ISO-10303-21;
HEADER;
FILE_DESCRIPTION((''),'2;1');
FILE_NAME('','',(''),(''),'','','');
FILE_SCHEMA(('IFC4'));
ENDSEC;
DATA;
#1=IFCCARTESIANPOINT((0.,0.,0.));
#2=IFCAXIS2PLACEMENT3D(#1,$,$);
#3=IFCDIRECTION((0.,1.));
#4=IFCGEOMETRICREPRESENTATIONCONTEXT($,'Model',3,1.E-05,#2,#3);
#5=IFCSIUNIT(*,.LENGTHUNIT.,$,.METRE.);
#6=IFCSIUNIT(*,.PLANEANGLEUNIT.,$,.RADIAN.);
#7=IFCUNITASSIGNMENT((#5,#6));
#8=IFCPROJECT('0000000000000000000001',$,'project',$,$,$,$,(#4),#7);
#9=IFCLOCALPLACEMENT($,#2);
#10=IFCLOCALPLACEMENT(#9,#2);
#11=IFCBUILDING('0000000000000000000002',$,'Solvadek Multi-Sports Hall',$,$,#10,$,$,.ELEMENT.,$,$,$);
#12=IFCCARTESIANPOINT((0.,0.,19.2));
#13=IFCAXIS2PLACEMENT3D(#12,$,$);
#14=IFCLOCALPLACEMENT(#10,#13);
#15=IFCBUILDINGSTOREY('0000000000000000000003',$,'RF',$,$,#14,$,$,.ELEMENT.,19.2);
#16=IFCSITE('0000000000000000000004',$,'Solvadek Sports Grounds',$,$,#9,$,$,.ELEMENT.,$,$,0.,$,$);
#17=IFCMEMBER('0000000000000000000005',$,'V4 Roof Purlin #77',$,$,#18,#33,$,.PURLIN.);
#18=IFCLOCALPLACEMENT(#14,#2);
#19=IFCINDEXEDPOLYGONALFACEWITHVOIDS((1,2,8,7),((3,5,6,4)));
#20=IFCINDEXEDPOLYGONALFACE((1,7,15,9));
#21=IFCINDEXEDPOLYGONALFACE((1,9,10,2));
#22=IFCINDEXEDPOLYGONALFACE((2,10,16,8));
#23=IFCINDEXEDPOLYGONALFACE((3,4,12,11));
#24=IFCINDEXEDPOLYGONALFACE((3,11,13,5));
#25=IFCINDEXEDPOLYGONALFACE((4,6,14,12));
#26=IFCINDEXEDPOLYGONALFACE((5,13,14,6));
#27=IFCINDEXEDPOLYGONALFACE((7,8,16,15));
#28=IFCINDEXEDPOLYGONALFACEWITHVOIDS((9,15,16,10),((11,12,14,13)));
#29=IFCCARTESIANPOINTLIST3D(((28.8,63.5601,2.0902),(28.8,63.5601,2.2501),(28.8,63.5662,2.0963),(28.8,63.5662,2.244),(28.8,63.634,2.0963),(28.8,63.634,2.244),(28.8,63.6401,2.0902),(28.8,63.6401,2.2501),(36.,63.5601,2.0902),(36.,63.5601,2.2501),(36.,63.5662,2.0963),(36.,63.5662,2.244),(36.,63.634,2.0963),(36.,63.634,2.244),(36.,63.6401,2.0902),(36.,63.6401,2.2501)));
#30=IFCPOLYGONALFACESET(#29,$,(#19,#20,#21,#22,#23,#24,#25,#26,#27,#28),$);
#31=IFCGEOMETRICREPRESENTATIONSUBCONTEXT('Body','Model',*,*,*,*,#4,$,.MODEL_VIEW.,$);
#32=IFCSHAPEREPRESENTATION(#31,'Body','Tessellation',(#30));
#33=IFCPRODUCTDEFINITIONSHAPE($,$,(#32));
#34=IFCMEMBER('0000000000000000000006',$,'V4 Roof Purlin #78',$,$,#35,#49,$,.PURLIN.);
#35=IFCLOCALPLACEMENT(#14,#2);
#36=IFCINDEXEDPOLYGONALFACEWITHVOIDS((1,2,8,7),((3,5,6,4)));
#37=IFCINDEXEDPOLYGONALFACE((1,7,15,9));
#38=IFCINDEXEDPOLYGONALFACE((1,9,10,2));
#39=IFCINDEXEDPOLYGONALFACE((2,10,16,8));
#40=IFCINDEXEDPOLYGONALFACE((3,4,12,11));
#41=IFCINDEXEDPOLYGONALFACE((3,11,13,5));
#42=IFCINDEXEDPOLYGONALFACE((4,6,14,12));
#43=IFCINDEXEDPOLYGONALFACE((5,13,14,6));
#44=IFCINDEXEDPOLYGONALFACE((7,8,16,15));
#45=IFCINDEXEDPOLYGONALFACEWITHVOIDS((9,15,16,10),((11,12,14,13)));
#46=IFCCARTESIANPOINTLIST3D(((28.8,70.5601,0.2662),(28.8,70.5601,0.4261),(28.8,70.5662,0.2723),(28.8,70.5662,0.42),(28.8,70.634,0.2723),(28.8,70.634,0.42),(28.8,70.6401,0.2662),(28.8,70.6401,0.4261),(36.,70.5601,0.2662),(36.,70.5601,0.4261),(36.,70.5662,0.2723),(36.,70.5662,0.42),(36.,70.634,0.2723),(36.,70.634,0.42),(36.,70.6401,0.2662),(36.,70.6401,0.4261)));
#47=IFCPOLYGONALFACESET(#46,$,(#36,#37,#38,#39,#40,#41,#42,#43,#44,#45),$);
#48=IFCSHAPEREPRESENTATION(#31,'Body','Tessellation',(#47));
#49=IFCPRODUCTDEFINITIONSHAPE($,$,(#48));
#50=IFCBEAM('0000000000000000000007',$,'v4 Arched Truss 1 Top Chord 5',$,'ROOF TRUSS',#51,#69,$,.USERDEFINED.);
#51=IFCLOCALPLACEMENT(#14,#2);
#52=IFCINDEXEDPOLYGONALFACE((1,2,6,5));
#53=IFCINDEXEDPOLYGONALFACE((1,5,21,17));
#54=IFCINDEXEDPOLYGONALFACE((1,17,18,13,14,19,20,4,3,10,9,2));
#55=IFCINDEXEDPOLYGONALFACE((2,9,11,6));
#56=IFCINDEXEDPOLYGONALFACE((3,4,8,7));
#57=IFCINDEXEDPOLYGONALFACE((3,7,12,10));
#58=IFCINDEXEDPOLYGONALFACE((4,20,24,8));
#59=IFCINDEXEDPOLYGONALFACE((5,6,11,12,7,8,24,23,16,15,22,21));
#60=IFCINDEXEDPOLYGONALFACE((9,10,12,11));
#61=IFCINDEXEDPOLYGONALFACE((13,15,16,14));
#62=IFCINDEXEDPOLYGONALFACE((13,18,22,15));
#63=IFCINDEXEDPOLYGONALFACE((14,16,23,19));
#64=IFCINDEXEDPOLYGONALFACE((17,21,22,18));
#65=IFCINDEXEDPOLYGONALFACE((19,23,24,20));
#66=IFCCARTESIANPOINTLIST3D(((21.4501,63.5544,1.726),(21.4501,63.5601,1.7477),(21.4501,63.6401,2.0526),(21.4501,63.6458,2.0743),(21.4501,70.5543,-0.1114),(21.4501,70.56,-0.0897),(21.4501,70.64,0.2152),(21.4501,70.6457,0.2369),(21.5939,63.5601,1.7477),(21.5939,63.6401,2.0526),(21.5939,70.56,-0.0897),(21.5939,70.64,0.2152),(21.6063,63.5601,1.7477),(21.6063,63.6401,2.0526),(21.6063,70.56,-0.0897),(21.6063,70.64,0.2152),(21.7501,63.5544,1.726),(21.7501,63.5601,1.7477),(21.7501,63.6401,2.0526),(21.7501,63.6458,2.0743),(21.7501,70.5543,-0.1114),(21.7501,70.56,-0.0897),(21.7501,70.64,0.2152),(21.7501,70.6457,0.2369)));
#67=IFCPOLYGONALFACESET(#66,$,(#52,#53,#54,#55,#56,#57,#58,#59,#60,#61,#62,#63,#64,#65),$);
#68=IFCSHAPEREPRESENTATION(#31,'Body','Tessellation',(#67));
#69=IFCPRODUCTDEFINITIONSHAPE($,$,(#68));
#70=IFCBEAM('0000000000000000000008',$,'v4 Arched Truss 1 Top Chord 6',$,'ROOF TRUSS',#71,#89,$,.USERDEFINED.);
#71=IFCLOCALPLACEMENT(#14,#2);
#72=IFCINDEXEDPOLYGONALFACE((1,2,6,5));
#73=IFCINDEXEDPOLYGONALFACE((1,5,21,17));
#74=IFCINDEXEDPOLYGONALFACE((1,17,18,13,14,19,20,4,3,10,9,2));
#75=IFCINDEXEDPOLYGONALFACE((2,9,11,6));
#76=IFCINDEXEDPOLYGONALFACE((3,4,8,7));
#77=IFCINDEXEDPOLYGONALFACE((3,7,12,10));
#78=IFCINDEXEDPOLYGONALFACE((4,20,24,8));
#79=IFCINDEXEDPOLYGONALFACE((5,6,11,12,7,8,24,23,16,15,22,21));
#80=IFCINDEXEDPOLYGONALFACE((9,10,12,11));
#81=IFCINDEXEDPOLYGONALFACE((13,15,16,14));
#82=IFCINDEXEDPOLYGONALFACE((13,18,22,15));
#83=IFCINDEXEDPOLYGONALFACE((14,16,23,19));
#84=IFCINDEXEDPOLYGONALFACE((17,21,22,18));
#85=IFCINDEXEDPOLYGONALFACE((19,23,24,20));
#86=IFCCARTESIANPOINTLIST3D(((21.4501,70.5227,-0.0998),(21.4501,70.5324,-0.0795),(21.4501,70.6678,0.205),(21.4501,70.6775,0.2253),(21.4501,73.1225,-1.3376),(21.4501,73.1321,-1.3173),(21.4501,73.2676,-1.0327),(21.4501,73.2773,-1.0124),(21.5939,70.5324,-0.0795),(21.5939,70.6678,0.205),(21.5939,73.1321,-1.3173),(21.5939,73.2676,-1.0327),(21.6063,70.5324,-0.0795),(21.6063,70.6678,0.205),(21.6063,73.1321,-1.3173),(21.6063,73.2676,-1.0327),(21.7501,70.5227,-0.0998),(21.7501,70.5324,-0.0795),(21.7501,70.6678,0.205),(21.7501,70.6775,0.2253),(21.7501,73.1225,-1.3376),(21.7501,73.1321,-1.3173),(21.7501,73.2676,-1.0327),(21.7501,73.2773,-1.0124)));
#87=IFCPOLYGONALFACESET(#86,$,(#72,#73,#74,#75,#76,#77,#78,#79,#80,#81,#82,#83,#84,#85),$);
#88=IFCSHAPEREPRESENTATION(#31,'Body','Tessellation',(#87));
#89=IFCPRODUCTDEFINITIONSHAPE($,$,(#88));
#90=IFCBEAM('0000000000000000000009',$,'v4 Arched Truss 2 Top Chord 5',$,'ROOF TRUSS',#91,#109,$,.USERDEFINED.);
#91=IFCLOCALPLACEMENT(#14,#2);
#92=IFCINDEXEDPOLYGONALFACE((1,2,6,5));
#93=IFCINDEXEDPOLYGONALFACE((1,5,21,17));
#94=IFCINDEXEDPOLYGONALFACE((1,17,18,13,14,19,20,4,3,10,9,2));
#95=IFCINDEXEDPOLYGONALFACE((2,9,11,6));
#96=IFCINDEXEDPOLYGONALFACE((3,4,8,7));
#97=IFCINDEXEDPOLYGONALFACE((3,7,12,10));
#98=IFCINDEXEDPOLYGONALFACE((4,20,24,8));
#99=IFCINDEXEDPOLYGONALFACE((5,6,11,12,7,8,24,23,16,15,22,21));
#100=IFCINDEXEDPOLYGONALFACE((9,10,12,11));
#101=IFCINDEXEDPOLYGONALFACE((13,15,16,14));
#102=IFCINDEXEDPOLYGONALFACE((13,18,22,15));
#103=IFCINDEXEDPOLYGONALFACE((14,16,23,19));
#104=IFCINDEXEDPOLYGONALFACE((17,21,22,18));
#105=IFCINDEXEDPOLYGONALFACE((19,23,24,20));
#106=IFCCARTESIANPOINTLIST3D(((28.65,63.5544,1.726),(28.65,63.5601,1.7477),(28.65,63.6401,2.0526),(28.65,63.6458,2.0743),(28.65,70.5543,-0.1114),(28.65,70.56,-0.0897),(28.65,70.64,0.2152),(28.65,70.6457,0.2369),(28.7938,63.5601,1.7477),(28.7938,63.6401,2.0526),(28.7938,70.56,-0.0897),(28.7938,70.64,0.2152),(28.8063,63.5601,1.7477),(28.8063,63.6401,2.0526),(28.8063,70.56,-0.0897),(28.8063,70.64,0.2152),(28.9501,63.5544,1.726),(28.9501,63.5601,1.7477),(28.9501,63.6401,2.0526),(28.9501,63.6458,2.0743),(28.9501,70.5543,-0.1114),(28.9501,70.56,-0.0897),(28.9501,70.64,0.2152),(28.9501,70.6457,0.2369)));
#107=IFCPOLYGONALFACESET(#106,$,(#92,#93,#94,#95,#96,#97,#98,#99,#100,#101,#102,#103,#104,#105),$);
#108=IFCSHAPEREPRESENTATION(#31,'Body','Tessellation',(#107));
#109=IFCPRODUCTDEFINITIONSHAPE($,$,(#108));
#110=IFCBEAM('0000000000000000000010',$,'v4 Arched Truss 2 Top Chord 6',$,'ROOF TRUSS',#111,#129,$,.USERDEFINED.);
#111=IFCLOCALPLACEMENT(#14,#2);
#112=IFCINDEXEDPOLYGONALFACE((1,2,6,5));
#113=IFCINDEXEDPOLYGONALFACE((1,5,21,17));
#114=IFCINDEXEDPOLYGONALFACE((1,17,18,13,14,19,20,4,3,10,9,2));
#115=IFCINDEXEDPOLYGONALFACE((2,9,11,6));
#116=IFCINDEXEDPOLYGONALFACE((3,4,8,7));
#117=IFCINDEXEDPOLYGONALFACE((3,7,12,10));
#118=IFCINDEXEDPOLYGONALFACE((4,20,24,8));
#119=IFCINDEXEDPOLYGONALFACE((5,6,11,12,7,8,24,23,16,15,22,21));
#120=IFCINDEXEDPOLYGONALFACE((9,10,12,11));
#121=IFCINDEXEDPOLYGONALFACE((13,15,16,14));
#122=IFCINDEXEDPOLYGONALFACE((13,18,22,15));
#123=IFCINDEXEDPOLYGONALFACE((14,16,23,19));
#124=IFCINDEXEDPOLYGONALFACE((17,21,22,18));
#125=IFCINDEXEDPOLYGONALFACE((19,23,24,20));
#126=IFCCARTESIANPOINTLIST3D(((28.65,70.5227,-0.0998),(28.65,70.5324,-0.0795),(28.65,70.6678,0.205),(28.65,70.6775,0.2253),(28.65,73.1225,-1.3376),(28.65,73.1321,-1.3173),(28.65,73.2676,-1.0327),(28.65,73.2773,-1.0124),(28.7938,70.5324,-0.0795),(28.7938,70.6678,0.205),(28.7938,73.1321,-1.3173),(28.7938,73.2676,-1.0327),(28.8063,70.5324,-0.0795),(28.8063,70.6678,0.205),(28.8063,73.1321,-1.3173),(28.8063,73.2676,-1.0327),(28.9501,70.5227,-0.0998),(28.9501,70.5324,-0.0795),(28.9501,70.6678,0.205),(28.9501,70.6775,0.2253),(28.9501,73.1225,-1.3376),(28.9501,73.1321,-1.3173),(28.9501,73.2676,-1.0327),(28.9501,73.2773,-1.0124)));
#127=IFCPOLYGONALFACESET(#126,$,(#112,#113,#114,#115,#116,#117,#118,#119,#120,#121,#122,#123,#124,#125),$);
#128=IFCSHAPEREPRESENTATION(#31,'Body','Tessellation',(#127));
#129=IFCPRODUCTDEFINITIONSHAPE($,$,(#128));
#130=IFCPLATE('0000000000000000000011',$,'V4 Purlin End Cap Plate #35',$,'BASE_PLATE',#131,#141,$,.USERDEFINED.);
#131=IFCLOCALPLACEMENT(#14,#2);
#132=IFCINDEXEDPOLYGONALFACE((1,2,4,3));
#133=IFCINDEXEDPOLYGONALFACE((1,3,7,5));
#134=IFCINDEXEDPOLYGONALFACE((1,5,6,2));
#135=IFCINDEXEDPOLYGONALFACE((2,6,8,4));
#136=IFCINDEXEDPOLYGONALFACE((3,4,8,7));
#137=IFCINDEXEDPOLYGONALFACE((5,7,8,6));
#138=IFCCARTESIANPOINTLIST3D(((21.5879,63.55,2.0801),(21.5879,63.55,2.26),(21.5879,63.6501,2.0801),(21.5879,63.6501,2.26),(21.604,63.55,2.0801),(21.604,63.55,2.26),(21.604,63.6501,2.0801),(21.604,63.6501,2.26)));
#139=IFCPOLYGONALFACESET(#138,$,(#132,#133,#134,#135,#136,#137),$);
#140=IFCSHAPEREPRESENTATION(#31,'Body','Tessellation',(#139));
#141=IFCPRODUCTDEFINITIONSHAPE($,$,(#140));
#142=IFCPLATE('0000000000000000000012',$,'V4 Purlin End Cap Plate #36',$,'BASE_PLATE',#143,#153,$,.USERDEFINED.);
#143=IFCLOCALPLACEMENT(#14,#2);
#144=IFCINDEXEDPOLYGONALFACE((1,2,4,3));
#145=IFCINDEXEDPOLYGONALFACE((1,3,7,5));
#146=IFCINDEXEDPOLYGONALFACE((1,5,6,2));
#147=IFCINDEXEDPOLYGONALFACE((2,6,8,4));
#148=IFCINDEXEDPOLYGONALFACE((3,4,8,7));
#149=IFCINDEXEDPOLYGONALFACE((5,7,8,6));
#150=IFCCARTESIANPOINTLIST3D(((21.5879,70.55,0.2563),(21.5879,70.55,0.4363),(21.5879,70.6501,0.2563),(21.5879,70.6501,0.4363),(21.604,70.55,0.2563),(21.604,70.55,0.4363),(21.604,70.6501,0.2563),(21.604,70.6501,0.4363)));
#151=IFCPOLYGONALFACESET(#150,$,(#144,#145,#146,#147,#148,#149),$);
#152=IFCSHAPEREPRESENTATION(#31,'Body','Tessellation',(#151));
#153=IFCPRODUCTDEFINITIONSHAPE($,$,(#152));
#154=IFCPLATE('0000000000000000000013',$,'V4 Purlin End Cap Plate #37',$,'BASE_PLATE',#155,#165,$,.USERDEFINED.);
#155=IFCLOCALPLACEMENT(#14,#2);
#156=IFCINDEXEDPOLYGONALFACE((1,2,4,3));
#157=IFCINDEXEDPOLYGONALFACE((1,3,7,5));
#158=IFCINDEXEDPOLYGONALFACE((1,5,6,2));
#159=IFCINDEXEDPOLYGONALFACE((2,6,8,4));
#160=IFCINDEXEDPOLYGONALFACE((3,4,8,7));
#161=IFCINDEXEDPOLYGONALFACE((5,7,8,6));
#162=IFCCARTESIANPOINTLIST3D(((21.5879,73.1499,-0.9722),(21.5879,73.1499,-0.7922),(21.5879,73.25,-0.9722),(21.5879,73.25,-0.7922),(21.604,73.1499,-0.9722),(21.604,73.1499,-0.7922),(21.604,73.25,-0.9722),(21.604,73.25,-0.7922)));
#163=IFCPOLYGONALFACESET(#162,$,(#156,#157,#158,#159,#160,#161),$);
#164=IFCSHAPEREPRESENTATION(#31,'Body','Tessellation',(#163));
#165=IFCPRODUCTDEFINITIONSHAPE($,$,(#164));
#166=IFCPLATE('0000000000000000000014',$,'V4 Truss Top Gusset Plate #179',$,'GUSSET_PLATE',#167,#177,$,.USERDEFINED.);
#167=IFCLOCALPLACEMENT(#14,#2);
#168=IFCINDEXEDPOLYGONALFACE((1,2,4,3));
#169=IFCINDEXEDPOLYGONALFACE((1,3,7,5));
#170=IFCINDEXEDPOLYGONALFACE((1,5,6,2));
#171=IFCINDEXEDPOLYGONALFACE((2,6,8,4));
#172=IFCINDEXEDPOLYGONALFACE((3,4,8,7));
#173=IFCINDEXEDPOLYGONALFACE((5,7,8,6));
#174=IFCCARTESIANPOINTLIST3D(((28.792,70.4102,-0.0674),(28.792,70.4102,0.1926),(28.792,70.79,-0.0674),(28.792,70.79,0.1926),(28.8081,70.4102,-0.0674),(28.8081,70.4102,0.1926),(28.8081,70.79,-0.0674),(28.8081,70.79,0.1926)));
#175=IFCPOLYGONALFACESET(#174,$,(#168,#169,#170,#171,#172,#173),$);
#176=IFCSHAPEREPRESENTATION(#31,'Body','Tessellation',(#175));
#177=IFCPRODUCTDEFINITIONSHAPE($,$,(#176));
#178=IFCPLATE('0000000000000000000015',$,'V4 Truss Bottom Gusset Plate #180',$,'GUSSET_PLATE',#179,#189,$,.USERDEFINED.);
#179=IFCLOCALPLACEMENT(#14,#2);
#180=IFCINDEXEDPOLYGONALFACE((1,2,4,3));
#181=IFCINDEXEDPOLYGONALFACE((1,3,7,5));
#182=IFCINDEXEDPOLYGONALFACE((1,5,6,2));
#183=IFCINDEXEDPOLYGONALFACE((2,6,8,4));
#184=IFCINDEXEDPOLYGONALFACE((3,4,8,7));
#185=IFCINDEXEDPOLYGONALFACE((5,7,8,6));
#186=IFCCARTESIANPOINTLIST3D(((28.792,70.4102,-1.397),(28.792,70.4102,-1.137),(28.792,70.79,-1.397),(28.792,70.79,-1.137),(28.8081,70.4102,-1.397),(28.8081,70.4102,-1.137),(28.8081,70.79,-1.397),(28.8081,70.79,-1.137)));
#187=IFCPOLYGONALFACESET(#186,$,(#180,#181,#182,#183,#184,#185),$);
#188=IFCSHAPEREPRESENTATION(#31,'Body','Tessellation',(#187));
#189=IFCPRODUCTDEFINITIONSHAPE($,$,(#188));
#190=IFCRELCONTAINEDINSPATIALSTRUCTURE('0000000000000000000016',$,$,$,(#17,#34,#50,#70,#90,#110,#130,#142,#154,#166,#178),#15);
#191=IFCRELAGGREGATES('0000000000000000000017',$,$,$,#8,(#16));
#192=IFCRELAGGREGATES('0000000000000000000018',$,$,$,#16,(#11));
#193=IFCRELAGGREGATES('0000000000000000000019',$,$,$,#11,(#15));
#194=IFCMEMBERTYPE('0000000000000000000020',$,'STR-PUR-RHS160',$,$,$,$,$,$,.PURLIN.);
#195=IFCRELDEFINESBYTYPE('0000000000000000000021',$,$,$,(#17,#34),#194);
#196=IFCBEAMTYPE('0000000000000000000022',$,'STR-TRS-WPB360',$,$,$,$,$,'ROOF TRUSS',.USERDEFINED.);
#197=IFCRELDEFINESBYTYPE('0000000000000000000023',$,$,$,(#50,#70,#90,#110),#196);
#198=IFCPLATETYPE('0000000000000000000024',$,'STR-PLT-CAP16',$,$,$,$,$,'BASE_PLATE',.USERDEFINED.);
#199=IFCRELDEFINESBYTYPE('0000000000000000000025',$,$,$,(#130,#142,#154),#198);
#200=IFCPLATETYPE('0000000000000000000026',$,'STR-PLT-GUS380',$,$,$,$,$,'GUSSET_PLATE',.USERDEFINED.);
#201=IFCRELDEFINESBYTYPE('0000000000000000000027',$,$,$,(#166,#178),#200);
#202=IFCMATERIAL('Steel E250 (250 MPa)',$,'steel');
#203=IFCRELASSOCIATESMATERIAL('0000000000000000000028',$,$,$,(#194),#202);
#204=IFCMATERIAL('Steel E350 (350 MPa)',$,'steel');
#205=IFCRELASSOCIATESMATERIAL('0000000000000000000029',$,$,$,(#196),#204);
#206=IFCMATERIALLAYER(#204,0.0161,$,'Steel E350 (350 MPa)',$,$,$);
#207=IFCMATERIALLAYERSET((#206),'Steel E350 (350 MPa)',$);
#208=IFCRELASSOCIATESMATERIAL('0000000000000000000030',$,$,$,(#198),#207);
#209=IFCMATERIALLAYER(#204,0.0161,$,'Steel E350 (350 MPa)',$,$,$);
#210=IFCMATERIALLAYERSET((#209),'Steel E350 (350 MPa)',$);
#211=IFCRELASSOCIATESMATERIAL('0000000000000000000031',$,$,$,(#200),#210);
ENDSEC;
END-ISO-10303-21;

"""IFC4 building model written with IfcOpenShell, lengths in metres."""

from ifc_helpers import new_model, si_unit, direction, frame, origin, origin_2d, place, context, subcontext, project, spatial, rectangle, hollow_rectangle, i_section, extrude, material, layer, layer_set, material_profile, profile_set, type_object, element, save


model = new_model("IFC4")

# Units and contexts
model_context = context("Model", 3, precision=1e-05, world=origin(), true_north=direction((0.0, 1.0)))
body_context = subcontext(model_context, "Body", "Model", "MODEL_VIEW")
ifc_project = project(units=[si_unit("LENGTHUNIT", "METRE"), si_unit("PLANEANGLEUNIT", "RADIAN")], contexts=[model_context])

# Site, building, storey
site_placement = place(None, origin())
site = spatial("IfcSite", under=ifc_project, at=site_placement, Name="Solvadek Sports Grounds", CompositionType="ELEMENT", RefElevation=0.0)
building_placement = place(site_placement, origin())
building = spatial("IfcBuilding", under=site, at=building_placement, Name="Solvadek Multi-Sports Hall", CompositionType="ELEMENT")
storey_placement = place(building_placement, frame((0.0, 0.0, 19.2)))
storey = spatial("IfcBuildingStorey", under=building, at=storey_placement, Name="RF", CompositionType="ELEMENT", Elevation=19.2)

# Members
ifc_material_1 = material(Name="Steel E350 (350 MPa)", Category="steel")
ifc_material_2 = material(Name="Steel E250 (250 MPa)", Category="steel")
ifc_material_profile_1 = material_profile(ifc_material_2, hollow_rectangle(XDim=0.0801, YDim=0.1599, WallThickness=0.0061, at=origin_2d()), Name="RHS 160x80x6")
ifc_profile_set_1 = profile_set([ifc_material_profile_1], Name="Steel E250 (250 MPa)")
member_type_1 = type_object("IfcMemberType", Name="STR-PUR-RHS160", PredefinedType="PURLIN", material=ifc_profile_set_1)
for number, where, z_axis, x_axis, name in (
    (1, (28.8, 63.6001, 2.1702), (1.0, 0.0, 0.0), (0.0, 1.0, 0.0), "V4 Roof Purlin #77"),
    (2, (28.8, 70.6001, 0.3462), (1.0, 0.0, 0.0), (0.0, 1.0, 0.0), "V4 Roof Purlin #78"),
):
    element("IfcMember", number, at=place(storey_placement, frame(where, z_axis=z_axis, x_axis=x_axis)), inside=storey, type_object=member_type_1, Name=name, PredefinedType="PURLIN", context=body_context, shape_type="SweptSolid", body=[
        extrude(hollow_rectangle(XDim=0.0801, YDim=0.1599, WallThickness=0.0061, at=origin_2d()), origin(), (0.0, 0.0, 1.0), 7.2),
    ])

# Beams
ifc_material_profile_2 = material_profile(ifc_material_1, i_section(OverallWidth=0.3, OverallDepth=0.3601, WebThickness=0.0125, FlangeThickness=0.0225, at=origin_2d()), Name="WPB 360")
ifc_profile_set_2 = profile_set([ifc_material_profile_2], Name="Steel E350 (350 MPa)")
beam_type = type_object("IfcBeamType", Name="STR-TRS-WPB360", ElementType="ROOF TRUSS", PredefinedType="USERDEFINED", material=ifc_profile_set_2)
beam_1_placement = place(storey_placement, frame((21.6001, 63.6001, 1.9001), z_axis=(0.0, 0.967234, -0.253886), x_axis=(-1.0, 0.0, 0.0)))
element("IfcBeam", 3, at=beam_1_placement, inside=storey, type_object=beam_type, Name="v4 Arched Truss 1 Top Chord 5", ObjectType="ROOF TRUSS", PredefinedType="USERDEFINED", context=body_context, shape_type="SweptSolid", body=[
    extrude(i_section(OverallWidth=0.3, OverallDepth=0.3601, WebThickness=0.0125, FlangeThickness=0.0225, at=origin_2d()), origin(), (0.0, 0.0, 1.0), 7.2371),
])
beam_2_placement = place(storey_placement, frame((21.6001, 70.6001, 0.0627), z_axis=(0.0, 0.902892, -0.429868), x_axis=(-1.0, 0.0, 0.0)))
element("IfcBeam", 4, at=beam_2_placement, inside=storey, type_object=beam_type, Name="v4 Arched Truss 1 Top Chord 6", ObjectType="ROOF TRUSS", PredefinedType="USERDEFINED", context=body_context, shape_type="SweptSolid", body=[
    extrude(i_section(OverallWidth=0.3, OverallDepth=0.3601, WebThickness=0.0125, FlangeThickness=0.0225, at=origin_2d()), origin(), (0.0, 0.0, 1.0), 2.8794),
])
beam_3_placement = place(storey_placement, frame((28.8, 63.6001, 1.9001), z_axis=(0.0, 0.967234, -0.253886), x_axis=(-1.0, 0.0, 0.0)))
element("IfcBeam", 5, at=beam_3_placement, inside=storey, type_object=beam_type, Name="v4 Arched Truss 2 Top Chord 5", ObjectType="ROOF TRUSS", PredefinedType="USERDEFINED", context=body_context, shape_type="SweptSolid", body=[
    extrude(i_section(OverallWidth=0.3, OverallDepth=0.3601, WebThickness=0.0125, FlangeThickness=0.0225, at=origin_2d()), origin(), (0.0, 0.0, 1.0), 7.2371),
])
beam_4_placement = place(storey_placement, frame((28.8, 70.6001, 0.0627), z_axis=(0.0, 0.902892, -0.429868), x_axis=(-1.0, 0.0, 0.0)))
element("IfcBeam", 6, at=beam_4_placement, inside=storey, type_object=beam_type, Name="v4 Arched Truss 2 Top Chord 6", ObjectType="ROOF TRUSS", PredefinedType="USERDEFINED", context=body_context, shape_type="SweptSolid", body=[
    extrude(i_section(OverallWidth=0.3, OverallDepth=0.3601, WebThickness=0.0125, FlangeThickness=0.0225, at=origin_2d()), origin(), (0.0, 0.0, 1.0), 2.8794),
])

# Plates
ifc_layer_1 = layer(ifc_material_1, 0.0161, Name="Steel E350 (350 MPa)")
ifc_layer_set_1 = layer_set([ifc_layer_1], Name="Steel E350 (350 MPa)")
plate_type_1 = type_object("IfcPlateType", Name="STR-PLT-CAP16", ElementType="BASE_PLATE", PredefinedType="USERDEFINED", material=ifc_layer_set_1)
for number, where, z_axis, x_axis, name in (
    (7, (21.5959, 63.6001, 2.0801), (0.0, 0.0, 1.0), (1.0, 0.0, 0.0), "V4 Purlin End Cap Plate #35"),
    (8, (21.5959, 70.6001, 0.2563), (0.0, 0.0, 1.0), (1.0, 0.0, 0.0), "V4 Purlin End Cap Plate #36"),
    (9, (21.5959, 73.2, -0.9722), (0.0, 0.0, 1.0), (1.0, 0.0, 0.0), "V4 Purlin End Cap Plate #37"),
):
    element("IfcPlate", number, at=place(storey_placement, frame(where, z_axis=z_axis, x_axis=x_axis)), inside=storey, type_object=plate_type_1, Name=name, ObjectType="BASE_PLATE", PredefinedType="USERDEFINED", context=body_context, shape_type="SweptSolid", body=[
        extrude(rectangle(XDim=0.0161, YDim=0.1001, at=origin_2d()), origin(), (0.0, 0.0, 1.0), 0.1799),
    ])
ifc_layer_2 = layer(ifc_material_1, 0.0161, Name="Steel E350 (350 MPa)")
ifc_layer_set_2 = layer_set([ifc_layer_2], Name="Steel E350 (350 MPa)")
plate_type_2 = type_object("IfcPlateType", Name="STR-PLT-GUS380", ElementType="GUSSET_PLATE", PredefinedType="USERDEFINED", material=ifc_layer_set_2)
for number, where, z_axis, x_axis, name in (
    (10, (28.8, 70.6001, -0.0674), (0.0, 0.0, 1.0), (0.0, 1.0, 0.0), "V4 Truss Top Gusset Plate #179"),
    (11, (28.8, 70.6001, -1.397), (0.0, 0.0, 1.0), (0.0, 1.0, 0.0), "V4 Truss Bottom Gusset Plate #180"),
):
    element("IfcPlate", number, at=place(storey_placement, frame(where, z_axis=z_axis, x_axis=x_axis)), inside=storey, type_object=plate_type_2, Name=name, ObjectType="GUSSET_PLATE", PredefinedType="USERDEFINED", context=body_context, shape_type="SweptSolid", body=[
        extrude(rectangle(XDim=0.3799, YDim=0.0161, at=origin_2d()), origin(), (0.0, 0.0, 1.0), 0.26),
    ])

save(model, "model.ifc")
